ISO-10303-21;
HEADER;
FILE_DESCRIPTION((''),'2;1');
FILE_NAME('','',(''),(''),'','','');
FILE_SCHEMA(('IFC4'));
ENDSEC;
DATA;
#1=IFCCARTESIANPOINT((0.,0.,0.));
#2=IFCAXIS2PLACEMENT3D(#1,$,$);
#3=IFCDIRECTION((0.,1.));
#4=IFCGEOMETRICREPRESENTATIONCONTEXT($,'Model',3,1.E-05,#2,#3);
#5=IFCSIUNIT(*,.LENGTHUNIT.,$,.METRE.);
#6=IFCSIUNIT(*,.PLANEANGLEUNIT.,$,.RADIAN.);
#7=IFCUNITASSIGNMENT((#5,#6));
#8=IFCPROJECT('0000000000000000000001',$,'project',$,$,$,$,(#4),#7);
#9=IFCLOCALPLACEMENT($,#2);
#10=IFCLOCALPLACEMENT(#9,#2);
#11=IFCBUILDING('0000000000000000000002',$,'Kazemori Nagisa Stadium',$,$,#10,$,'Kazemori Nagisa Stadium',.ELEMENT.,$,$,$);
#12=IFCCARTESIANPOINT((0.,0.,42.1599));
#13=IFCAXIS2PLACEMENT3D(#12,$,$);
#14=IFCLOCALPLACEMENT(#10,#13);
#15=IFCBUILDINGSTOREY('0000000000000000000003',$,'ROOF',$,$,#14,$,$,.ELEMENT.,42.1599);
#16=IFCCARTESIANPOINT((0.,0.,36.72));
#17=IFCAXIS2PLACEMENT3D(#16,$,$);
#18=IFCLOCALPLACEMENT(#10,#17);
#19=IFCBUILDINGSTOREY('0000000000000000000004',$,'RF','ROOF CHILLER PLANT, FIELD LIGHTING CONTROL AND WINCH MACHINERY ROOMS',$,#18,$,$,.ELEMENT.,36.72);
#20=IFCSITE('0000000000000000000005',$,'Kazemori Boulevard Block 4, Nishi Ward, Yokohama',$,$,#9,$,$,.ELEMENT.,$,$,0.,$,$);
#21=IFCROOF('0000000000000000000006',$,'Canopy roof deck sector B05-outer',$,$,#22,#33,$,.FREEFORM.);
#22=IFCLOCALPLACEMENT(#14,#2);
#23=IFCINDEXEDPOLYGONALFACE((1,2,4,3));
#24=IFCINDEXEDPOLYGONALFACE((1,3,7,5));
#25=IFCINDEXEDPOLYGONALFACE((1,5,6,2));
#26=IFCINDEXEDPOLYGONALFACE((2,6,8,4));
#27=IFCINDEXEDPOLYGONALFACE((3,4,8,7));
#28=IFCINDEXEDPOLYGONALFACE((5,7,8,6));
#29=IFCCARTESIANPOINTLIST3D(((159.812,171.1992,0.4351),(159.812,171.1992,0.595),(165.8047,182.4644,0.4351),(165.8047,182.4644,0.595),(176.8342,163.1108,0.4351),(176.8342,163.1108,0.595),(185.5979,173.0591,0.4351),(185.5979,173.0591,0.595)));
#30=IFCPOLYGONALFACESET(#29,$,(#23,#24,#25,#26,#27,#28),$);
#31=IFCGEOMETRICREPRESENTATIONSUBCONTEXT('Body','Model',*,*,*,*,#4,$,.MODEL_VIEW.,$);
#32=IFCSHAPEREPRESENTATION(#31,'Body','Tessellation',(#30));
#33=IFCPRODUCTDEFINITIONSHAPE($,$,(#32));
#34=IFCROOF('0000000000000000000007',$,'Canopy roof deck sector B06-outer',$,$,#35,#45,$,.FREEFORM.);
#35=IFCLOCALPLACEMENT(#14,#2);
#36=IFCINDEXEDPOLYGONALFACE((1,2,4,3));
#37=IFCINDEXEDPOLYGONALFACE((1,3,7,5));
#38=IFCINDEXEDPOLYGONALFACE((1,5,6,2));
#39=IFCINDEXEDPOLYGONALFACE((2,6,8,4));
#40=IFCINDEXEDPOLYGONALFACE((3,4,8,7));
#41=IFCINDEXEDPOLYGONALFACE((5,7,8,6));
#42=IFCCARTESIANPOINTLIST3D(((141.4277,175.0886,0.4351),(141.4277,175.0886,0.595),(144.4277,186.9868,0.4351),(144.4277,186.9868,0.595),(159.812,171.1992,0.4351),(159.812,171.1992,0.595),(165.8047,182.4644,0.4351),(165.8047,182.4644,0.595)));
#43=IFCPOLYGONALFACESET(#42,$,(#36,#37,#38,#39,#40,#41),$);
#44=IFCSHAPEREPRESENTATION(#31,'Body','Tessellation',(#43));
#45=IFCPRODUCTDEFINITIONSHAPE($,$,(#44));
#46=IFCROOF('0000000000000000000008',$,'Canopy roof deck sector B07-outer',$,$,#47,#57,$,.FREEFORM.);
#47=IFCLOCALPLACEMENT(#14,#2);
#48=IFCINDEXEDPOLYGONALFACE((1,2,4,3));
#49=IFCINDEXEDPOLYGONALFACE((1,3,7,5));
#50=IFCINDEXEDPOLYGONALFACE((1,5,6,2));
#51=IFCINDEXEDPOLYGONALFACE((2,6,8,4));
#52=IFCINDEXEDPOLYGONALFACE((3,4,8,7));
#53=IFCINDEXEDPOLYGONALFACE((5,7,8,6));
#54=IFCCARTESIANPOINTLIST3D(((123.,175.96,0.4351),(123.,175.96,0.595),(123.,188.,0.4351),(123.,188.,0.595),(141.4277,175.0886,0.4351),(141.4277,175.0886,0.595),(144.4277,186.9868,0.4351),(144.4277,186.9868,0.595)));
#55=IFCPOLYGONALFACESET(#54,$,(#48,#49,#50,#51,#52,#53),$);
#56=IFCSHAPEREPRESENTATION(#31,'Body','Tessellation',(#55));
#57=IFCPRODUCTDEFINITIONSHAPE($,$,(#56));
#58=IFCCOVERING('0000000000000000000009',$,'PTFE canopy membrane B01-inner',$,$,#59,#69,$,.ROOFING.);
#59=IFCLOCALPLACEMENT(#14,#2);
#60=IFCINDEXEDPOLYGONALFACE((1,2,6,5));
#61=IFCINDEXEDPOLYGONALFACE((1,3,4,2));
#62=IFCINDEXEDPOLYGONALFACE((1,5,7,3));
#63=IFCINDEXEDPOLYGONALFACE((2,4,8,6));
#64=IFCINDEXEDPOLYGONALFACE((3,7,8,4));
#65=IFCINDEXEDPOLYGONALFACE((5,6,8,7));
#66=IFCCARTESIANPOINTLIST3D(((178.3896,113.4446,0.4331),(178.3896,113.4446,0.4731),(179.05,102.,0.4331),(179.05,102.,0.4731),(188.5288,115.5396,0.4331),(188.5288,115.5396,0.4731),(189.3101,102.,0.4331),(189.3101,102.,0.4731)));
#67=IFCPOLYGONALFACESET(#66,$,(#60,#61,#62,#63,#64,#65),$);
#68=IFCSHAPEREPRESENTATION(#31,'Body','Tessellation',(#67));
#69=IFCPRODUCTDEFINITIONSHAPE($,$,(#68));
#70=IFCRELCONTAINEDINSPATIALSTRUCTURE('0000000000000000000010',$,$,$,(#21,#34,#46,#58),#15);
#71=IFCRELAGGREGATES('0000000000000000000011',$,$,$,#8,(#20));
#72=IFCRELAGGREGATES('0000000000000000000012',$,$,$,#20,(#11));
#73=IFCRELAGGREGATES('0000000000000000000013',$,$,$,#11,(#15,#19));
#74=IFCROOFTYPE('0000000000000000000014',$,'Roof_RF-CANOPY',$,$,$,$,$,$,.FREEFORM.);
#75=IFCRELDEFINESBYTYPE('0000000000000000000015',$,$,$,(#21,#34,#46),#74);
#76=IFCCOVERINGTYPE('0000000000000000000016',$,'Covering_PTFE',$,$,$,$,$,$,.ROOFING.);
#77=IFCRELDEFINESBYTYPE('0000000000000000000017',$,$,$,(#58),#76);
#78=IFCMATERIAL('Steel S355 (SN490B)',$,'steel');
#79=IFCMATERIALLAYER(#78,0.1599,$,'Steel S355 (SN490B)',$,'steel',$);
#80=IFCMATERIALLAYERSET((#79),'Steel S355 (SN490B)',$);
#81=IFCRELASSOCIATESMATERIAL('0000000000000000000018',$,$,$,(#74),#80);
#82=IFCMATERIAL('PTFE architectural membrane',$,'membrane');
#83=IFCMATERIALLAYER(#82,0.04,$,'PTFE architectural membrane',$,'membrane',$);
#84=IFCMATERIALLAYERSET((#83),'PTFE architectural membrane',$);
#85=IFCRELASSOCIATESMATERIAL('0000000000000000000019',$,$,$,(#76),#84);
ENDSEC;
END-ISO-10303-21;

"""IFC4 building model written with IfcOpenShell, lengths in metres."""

from ifc_helpers import new_model, si_unit, direction, frame, origin, place, context, subcontext, project, spatial, polyline, outline, extrude, material, layer, layer_set, type_object, element, save


model = new_model("IFC4")

# Units and contexts
model_context = context("Model", 3, precision=1e-05, world=origin(), true_north=direction((0.0, 1.0)))
body_context = subcontext(model_context, "Body", "Model", "MODEL_VIEW")
ifc_project = project(units=[si_unit("LENGTHUNIT", "METRE"), si_unit("PLANEANGLEUNIT", "RADIAN")], contexts=[model_context])

# Site, building, storey
site_placement = place(None, origin())
site = spatial("IfcSite", under=ifc_project, at=site_placement, Name="Kazemori Boulevard Block 4, Nishi Ward, Yokohama", CompositionType="ELEMENT", RefElevation=0.0)
building_placement = place(site_placement, origin())
building = spatial("IfcBuilding", under=site, at=building_placement, Name="Kazemori Nagisa Stadium", LongName="Kazemori Nagisa Stadium", CompositionType="ELEMENT")
storey_1_placement = place(building_placement, frame((0.0, 0.0, 42.1599)))
storey_1 = spatial("IfcBuildingStorey", under=building, at=storey_1_placement, Name="ROOF", CompositionType="ELEMENT", Elevation=42.1599)

# Shared definitions
storey_2_placement = place(building_placement, frame((0.0, 0.0, 36.72)))
storey_2 = spatial("IfcBuildingStorey", under=building, at=storey_2_placement, Name="RF", Description="ROOF CHILLER PLANT, FIELD LIGHTING CONTROL AND WINCH MACHINERY ROOMS", CompositionType="ELEMENT", Elevation=36.72)

# Roofs
ifc_material_1 = material(Name="Steel S355 (SN490B)", Category="steel")
ifc_layer_1 = layer(ifc_material_1, 0.1599, Name="Steel S355 (SN490B)", Category="steel")
ifc_layer_set_1 = layer_set([ifc_layer_1], Name="Steel S355 (SN490B)")
roof_type = type_object("IfcRoofType", Name="Roof_RF-CANOPY", PredefinedType="FREEFORM", material=ifc_layer_set_1)
roof_1_placement = place(storey_1_placement, frame((0.0, 0.0, 0.4351)))
element("IfcRoof", 1, at=roof_1_placement, inside=storey_1, type_object=roof_type, Name="Canopy roof deck sector B05-outer", PredefinedType="FREEFORM", context=body_context, shape_type="SweptSolid", body=[
    extrude(outline(polyline([(185.5979, 173.0591), (165.8047, 182.4644), (159.812, 171.1992), (176.8342, 163.1108), (185.5979, 173.0591)])), origin(), (0.0, 0.0, 1.0), 0.1599),
])
roof_2_placement = place(storey_1_placement, frame((0.0, 0.0, 0.4351)))
element("IfcRoof", 2, at=roof_2_placement, inside=storey_1, type_object=roof_type, Name="Canopy roof deck sector B06-outer", PredefinedType="FREEFORM", context=body_context, shape_type="SweptSolid", body=[
    extrude(outline(polyline([(165.8047, 182.4644), (144.4277, 186.9868), (141.4277, 175.0886), (159.812, 171.1992), (165.8047, 182.4644)])), origin(), (0.0, 0.0, 1.0), 0.1599),
])
roof_3_placement = place(storey_1_placement, frame((0.0, 0.0, 0.4351)))
element("IfcRoof", 3, at=roof_3_placement, inside=storey_1, type_object=roof_type, Name="Canopy roof deck sector B07-outer", PredefinedType="FREEFORM", context=body_context, shape_type="SweptSolid", body=[
    extrude(outline(polyline([(144.4277, 186.9868), (123.0, 188.0), (123.0, 175.96), (141.4277, 175.0886), (144.4277, 186.9868)])), origin(), (0.0, 0.0, 1.0), 0.1599),
])

# Covering
ifc_material_2 = material(Name="PTFE architectural membrane", Category="membrane")
ifc_layer_2 = layer(ifc_material_2, 0.04, Name="PTFE architectural membrane", Category="membrane")
ifc_layer_set_2 = layer_set([ifc_layer_2], Name="PTFE architectural membrane")
covering_type = type_object("IfcCoveringType", Name="Covering_PTFE", PredefinedType="ROOFING", material=ifc_layer_set_2)
covering_placement = place(storey_1_placement, frame((0.0, 0.0, 0.4331)))
element("IfcCovering", 4, at=covering_placement, inside=storey_1, type_object=covering_type, Name="PTFE canopy membrane B01-inner", PredefinedType="ROOFING", context=body_context, shape_type="SweptSolid", body=[
    extrude(outline(polyline([(189.3101, 102.0), (188.5288, 115.5396), (178.3896, 113.4446), (179.05, 102.0), (189.3101, 102.0)])), origin(), (0.0, 0.0, 1.0), 0.04),
])

save(model, "model.ifc")
